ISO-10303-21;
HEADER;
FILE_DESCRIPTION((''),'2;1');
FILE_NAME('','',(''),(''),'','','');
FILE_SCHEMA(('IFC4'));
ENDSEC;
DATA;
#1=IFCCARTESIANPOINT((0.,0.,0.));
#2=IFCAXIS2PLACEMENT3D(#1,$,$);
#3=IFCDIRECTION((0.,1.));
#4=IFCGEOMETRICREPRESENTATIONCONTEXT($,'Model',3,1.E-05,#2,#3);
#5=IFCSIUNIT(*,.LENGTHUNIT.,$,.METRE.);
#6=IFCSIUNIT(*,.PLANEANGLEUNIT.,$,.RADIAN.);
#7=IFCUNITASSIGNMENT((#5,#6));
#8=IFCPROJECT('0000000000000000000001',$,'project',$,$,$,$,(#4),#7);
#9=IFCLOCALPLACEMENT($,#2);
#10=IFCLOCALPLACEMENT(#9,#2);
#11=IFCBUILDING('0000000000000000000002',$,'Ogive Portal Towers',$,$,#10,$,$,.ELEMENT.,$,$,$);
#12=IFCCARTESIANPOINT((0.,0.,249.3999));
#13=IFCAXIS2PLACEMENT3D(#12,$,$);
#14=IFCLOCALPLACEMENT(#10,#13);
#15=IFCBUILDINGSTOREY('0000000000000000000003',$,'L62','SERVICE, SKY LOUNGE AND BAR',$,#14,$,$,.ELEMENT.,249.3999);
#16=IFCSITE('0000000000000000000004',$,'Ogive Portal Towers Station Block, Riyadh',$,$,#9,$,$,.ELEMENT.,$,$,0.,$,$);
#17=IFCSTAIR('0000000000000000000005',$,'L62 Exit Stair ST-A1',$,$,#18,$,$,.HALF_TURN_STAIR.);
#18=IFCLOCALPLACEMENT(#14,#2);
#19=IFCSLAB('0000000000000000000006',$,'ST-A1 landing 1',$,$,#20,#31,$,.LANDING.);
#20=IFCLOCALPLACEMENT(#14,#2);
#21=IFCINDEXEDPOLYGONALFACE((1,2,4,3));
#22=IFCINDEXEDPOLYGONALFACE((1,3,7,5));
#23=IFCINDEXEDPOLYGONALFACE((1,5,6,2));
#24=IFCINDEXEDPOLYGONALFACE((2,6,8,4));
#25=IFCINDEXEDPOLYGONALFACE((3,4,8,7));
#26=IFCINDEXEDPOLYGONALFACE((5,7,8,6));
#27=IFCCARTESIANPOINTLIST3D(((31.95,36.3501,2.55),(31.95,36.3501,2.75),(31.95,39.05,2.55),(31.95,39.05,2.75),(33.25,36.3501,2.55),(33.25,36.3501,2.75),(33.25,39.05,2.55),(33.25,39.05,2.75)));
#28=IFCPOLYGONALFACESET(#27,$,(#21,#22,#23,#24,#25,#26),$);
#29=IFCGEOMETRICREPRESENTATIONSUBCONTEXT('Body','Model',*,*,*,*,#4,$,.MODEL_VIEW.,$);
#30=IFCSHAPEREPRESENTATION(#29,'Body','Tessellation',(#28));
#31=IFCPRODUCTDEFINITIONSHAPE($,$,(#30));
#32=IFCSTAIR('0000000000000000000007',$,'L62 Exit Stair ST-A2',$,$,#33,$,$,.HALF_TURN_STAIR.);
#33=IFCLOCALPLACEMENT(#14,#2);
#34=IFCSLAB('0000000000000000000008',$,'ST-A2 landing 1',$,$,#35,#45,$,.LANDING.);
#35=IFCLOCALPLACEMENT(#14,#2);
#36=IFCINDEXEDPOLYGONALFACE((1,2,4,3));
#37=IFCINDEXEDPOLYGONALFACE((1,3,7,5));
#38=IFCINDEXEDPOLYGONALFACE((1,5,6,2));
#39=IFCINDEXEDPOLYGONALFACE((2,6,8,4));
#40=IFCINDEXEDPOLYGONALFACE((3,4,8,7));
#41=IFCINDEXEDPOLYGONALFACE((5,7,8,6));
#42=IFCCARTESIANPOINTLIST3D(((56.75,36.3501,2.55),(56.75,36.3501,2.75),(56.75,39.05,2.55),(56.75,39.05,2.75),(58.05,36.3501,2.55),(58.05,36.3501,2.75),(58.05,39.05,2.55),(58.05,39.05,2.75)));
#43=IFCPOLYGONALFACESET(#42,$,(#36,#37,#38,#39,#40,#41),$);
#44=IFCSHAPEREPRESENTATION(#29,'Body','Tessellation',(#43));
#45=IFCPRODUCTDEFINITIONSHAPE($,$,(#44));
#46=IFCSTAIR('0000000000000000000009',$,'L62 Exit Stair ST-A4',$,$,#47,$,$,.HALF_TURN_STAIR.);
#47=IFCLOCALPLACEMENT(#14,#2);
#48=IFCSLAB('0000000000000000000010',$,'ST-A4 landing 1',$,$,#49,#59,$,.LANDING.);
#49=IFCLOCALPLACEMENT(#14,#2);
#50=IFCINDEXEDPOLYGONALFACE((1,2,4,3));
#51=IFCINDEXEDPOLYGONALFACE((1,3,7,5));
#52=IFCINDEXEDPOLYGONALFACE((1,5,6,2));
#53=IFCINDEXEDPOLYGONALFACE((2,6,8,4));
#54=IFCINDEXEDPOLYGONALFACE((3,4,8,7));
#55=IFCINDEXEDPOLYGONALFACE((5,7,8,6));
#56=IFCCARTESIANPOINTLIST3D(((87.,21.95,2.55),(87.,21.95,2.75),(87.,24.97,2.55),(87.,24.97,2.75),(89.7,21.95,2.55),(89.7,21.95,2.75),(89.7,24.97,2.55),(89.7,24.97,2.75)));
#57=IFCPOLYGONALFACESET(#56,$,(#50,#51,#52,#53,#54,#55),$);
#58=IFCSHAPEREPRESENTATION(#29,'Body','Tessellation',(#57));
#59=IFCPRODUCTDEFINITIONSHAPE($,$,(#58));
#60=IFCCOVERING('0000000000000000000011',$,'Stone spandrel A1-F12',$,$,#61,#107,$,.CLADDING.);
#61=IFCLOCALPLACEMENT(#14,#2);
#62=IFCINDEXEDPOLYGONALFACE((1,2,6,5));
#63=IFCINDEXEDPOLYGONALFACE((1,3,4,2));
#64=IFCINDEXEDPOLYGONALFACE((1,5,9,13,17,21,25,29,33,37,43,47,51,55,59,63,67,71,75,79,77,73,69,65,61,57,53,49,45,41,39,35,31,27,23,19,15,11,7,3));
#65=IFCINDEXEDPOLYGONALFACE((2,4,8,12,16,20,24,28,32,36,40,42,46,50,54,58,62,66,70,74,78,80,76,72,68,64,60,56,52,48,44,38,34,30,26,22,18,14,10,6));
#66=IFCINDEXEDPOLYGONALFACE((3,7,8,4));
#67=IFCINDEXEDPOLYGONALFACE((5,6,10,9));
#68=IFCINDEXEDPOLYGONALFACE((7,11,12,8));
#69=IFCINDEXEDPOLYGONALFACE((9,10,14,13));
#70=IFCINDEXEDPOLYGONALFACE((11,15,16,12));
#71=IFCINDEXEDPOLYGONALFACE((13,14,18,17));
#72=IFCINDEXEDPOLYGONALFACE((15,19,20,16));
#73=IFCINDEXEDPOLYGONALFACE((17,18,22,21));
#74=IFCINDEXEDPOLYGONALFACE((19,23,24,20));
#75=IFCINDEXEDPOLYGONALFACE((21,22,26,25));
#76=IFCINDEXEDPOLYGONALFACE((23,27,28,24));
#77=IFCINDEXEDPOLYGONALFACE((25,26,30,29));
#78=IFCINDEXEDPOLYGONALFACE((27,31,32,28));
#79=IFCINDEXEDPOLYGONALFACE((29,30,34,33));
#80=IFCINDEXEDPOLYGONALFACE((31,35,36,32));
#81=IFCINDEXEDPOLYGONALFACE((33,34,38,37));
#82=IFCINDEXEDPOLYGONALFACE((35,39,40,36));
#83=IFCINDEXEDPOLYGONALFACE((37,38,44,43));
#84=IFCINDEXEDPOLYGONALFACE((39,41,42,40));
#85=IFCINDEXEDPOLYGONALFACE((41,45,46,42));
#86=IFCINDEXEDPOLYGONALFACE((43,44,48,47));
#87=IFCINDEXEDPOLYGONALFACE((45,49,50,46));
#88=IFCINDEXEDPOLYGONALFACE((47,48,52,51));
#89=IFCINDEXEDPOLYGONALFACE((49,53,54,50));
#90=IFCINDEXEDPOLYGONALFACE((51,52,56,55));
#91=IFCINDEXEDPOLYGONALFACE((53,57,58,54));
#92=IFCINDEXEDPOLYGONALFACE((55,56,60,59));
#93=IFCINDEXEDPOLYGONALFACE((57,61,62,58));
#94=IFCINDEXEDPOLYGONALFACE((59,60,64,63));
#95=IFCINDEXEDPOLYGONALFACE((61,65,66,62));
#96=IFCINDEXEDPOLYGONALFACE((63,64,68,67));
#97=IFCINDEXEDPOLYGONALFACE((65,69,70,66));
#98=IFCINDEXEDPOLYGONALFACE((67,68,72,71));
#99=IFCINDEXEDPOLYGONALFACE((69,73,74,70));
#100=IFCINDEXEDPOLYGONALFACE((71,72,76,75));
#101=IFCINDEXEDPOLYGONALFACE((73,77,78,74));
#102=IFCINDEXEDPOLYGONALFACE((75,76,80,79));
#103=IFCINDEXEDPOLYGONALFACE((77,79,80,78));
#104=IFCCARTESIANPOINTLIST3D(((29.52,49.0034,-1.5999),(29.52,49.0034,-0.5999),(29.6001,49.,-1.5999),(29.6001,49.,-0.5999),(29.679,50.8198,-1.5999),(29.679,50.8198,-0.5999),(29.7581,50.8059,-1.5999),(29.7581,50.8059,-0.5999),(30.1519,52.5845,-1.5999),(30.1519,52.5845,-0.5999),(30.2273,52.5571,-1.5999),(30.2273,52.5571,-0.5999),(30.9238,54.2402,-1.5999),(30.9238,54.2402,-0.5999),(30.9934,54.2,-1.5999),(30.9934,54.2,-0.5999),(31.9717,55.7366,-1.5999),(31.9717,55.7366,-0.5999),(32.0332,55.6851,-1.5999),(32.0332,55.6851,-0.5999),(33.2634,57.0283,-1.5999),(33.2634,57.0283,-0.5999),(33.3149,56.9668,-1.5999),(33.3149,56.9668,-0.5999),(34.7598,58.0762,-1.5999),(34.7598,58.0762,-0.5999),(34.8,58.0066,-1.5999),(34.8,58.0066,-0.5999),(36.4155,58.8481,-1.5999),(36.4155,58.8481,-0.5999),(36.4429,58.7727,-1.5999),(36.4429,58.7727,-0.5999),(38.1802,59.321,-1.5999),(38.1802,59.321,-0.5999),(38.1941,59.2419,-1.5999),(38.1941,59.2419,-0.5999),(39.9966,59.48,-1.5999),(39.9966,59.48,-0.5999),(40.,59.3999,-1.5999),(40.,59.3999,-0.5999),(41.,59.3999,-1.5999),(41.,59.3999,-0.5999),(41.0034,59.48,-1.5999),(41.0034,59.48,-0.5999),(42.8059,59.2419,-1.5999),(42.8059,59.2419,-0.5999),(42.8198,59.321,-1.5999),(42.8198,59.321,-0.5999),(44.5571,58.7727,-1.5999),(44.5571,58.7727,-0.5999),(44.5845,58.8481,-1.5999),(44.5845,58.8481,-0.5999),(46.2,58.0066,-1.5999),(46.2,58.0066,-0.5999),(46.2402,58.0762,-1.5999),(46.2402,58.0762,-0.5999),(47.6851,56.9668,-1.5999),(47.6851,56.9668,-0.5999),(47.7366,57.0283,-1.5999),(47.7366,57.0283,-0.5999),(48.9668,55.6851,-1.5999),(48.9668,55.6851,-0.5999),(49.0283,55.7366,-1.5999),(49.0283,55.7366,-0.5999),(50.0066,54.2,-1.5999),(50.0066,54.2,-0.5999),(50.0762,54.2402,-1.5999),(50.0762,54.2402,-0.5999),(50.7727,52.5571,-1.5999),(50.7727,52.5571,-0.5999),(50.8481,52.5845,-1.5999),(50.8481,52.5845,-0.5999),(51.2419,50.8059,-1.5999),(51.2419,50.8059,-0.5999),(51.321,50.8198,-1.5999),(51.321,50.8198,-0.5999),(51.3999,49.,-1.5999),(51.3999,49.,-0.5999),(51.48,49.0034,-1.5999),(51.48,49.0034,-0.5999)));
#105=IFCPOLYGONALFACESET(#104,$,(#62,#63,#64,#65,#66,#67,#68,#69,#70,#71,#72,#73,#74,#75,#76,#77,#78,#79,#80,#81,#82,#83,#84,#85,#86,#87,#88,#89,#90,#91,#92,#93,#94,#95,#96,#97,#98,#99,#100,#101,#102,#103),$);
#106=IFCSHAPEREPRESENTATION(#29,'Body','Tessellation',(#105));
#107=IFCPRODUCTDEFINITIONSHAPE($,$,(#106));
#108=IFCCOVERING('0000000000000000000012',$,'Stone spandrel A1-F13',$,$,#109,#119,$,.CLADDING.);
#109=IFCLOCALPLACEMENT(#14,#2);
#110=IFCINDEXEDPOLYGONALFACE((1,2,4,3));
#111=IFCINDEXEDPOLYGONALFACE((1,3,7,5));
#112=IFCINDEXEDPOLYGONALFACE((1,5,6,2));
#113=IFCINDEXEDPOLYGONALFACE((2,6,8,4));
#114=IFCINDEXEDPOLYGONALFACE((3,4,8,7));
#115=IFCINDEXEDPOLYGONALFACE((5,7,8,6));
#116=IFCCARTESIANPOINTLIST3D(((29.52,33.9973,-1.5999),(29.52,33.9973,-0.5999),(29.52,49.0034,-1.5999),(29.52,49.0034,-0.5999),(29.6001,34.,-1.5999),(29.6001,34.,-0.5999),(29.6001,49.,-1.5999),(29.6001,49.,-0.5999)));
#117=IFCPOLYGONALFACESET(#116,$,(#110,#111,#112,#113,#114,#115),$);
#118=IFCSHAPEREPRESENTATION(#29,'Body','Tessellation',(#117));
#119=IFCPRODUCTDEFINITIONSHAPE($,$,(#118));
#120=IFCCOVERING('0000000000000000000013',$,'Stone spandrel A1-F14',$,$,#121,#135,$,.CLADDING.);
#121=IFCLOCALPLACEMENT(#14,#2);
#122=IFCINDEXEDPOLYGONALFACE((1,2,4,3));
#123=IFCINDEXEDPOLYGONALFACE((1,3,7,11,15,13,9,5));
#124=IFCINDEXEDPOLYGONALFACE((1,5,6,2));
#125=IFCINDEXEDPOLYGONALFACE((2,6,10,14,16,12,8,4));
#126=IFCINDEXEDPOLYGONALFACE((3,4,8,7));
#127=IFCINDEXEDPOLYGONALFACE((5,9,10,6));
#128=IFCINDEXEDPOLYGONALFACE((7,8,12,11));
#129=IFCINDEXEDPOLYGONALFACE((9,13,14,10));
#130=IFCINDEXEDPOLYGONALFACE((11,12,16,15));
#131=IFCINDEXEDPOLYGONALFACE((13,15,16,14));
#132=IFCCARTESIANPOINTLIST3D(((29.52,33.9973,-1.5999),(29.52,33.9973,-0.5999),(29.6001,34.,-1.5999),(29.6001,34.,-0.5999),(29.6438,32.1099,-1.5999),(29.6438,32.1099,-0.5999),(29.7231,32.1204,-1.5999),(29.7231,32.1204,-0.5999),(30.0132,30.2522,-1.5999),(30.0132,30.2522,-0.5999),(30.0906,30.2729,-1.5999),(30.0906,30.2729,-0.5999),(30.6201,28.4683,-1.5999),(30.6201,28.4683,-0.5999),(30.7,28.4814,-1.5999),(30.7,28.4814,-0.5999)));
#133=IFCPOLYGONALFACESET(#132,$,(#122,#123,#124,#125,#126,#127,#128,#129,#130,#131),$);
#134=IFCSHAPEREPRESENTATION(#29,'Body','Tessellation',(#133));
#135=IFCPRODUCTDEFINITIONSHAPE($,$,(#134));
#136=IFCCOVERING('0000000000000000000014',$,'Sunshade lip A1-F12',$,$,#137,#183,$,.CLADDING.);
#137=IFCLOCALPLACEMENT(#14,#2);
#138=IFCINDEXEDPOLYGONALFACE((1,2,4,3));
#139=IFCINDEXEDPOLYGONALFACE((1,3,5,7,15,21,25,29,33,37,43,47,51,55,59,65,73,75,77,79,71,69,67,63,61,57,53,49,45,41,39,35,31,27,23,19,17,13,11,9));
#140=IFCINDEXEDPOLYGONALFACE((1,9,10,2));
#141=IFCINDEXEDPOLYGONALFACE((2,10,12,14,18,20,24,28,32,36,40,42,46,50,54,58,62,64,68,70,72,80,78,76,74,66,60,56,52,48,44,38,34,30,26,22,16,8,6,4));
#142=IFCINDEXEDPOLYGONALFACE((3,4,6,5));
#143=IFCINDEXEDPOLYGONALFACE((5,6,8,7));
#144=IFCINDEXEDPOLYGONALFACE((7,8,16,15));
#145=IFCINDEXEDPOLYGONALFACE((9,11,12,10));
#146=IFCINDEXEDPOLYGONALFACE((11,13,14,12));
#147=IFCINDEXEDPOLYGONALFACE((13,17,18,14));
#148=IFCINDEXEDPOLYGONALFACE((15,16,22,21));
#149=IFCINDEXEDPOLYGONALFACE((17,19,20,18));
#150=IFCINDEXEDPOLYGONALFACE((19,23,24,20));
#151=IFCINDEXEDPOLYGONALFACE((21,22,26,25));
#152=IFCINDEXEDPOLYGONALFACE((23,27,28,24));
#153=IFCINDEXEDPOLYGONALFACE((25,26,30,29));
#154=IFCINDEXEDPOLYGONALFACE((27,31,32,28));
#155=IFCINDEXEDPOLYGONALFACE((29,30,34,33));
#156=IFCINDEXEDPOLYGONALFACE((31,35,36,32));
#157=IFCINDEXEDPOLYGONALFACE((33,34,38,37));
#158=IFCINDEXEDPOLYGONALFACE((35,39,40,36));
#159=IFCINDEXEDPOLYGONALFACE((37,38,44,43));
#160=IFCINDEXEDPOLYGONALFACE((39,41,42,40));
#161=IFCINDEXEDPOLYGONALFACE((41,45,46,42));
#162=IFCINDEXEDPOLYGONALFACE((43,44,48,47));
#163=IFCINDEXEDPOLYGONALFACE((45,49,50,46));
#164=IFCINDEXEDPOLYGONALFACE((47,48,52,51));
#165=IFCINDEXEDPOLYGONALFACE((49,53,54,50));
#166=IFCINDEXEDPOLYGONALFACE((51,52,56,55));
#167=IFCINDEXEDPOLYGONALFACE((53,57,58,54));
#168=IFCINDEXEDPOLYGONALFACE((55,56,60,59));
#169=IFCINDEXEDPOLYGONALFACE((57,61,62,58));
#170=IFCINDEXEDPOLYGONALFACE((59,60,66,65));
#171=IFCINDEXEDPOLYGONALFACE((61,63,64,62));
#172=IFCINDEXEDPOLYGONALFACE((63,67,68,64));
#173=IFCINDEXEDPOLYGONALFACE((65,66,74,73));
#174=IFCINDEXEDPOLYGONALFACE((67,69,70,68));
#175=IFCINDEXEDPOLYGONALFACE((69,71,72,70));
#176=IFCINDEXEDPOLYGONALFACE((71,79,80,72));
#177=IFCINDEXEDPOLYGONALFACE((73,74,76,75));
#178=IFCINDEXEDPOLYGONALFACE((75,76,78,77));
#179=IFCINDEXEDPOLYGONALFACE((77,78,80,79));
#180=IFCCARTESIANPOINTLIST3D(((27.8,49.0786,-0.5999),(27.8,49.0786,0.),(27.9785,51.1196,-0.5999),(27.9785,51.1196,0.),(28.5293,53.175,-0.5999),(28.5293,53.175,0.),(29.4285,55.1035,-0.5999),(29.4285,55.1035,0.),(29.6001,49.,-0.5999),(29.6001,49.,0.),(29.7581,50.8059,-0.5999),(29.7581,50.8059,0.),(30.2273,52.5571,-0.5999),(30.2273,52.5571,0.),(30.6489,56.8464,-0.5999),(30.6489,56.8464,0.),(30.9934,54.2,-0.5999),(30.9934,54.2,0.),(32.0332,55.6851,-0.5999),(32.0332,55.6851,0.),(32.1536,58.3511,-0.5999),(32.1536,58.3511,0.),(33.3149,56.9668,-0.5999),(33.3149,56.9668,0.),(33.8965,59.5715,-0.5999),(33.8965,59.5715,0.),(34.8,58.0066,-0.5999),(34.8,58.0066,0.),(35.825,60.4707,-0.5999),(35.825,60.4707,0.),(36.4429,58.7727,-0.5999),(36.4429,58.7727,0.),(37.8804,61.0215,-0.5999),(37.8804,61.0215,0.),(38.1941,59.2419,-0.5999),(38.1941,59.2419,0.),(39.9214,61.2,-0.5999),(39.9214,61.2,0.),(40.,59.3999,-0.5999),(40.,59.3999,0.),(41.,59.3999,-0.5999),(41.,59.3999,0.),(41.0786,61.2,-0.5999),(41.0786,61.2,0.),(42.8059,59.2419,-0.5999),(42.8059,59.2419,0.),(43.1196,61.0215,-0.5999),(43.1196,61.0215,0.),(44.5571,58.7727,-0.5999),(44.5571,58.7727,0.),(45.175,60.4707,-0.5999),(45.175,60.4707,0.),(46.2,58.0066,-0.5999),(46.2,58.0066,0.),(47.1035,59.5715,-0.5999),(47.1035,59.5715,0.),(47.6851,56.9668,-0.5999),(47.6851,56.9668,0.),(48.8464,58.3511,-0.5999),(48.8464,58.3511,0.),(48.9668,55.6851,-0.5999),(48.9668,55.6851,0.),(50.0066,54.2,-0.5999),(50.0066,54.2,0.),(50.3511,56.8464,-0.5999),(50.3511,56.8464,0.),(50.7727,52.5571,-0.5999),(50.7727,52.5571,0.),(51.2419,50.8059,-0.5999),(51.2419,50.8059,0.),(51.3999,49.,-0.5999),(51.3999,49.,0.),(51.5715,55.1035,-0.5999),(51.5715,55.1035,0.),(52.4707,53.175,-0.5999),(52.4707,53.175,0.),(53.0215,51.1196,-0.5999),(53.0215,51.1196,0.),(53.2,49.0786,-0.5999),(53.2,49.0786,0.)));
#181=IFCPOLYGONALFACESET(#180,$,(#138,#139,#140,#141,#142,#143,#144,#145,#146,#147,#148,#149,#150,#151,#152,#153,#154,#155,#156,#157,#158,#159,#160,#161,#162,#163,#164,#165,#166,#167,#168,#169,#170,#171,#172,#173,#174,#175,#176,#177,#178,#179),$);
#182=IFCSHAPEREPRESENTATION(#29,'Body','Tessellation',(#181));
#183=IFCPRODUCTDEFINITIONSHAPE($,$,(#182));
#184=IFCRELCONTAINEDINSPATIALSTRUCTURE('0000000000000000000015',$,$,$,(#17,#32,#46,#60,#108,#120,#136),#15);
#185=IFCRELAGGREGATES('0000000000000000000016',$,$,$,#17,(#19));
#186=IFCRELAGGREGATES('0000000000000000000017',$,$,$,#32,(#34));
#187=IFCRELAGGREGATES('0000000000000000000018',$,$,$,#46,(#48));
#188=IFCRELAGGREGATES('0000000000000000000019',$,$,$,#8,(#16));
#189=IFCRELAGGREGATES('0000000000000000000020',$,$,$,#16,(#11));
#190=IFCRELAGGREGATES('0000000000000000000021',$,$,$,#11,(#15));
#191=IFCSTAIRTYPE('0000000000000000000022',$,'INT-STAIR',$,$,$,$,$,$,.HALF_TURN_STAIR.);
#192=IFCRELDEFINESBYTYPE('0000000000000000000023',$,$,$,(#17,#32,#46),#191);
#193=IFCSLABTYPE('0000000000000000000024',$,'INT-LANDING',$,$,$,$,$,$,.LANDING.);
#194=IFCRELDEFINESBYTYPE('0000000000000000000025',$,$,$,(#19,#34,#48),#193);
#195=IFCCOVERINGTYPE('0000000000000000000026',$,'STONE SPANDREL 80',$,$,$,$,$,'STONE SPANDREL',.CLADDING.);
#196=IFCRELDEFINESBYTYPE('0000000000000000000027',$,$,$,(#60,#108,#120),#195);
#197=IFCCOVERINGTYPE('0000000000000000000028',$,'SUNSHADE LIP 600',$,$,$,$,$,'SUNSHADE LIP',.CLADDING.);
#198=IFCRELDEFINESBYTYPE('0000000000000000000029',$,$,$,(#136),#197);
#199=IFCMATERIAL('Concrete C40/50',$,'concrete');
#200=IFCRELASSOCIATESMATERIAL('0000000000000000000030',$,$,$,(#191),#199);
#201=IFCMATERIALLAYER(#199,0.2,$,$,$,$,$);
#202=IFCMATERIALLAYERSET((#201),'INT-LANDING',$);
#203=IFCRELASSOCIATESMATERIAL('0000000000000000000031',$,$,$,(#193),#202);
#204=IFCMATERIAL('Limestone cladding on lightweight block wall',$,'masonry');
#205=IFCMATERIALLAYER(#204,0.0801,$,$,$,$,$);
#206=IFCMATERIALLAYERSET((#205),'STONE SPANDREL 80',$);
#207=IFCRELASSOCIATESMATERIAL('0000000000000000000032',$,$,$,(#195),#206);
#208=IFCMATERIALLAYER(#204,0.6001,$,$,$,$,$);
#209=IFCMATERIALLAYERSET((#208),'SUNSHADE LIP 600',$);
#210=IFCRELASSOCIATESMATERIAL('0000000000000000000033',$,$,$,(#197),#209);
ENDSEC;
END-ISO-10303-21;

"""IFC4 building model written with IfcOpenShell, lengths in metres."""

from ifc_helpers import new_model, si_unit, direction, frame, origin, place, context, subcontext, project, spatial, polyline, outline, extrude, material, layer, layer_set, type_object, element, aggregate, save


model = new_model("IFC4")

# Units and contexts
model_context = context("Model", 3, precision=1e-05, world=origin(), true_north=direction((0.0, 1.0)))
body_context = subcontext(model_context, "Body", "Model", "MODEL_VIEW")
ifc_project = project(units=[si_unit("LENGTHUNIT", "METRE"), si_unit("PLANEANGLEUNIT", "RADIAN")], contexts=[model_context])

# Site, building, storey
site_placement = place(None, origin())
site = spatial("IfcSite", under=ifc_project, at=site_placement, Name="Ogive Portal Towers Station Block, Riyadh", CompositionType="ELEMENT", RefElevation=0.0)
building_placement = place(site_placement, origin())
building = spatial("IfcBuilding", under=site, at=building_placement, Name="Ogive Portal Towers", CompositionType="ELEMENT")
storey_placement = place(building_placement, frame((0.0, 0.0, 249.3999)))
storey = spatial("IfcBuildingStorey", under=building, at=storey_placement, Name="L62", Description="SERVICE, SKY LOUNGE AND BAR", CompositionType="ELEMENT", Elevation=249.3999)

# Stairs, slabs
ifc_material_1 = material(Name="Concrete C40/50", Category="concrete")
stair_type = type_object("IfcStairType", Name="INT-STAIR", PredefinedType="HALF_TURN_STAIR", material=ifc_material_1)
stair_1_placement = place(storey_placement, origin())
stair_1 = element("IfcStair", 1, at=stair_1_placement, inside=storey, type_object=stair_type, Name="L62 Exit Stair ST-A1", PredefinedType="HALF_TURN_STAIR")
ifc_layer_1 = layer(ifc_material_1, 0.2)
ifc_layer_set_1 = layer_set([ifc_layer_1], Name="INT-LANDING")
slab_type = type_object("IfcSlabType", Name="INT-LANDING", PredefinedType="LANDING", material=ifc_layer_set_1)
slab_1_placement = place(storey_placement, frame((0.0, 0.0, 2.55)))
slab_1 = element("IfcSlab", 2, at=slab_1_placement, type_object=slab_type, Name="ST-A1 landing 1", PredefinedType="LANDING", context=body_context, shape_type="SweptSolid", body=[
    extrude(outline(polyline([(33.25, 39.05), (31.95, 39.05), (31.95, 36.3501), (33.25, 36.3501), (33.25, 39.05)])), origin(), (0.0, 0.0, 1.0), 0.2),
])
aggregate(stair_1, [slab_1])
stair_2_placement = place(storey_placement, origin())
stair_2 = element("IfcStair", 3, at=stair_2_placement, inside=storey, type_object=stair_type, Name="L62 Exit Stair ST-A2", PredefinedType="HALF_TURN_STAIR")
slab_2_placement = place(storey_placement, frame((0.0, 0.0, 2.55)))
slab_2 = element("IfcSlab", 4, at=slab_2_placement, type_object=slab_type, Name="ST-A2 landing 1", PredefinedType="LANDING", context=body_context, shape_type="SweptSolid", body=[
    extrude(outline(polyline([(56.75, 36.3501), (58.05, 36.3501), (58.05, 39.05), (56.75, 39.05), (56.75, 36.3501)])), origin(), (0.0, 0.0, 1.0), 0.2),
])
aggregate(stair_2, [slab_2])
stair_3_placement = place(storey_placement, origin())
stair_3 = element("IfcStair", 5, at=stair_3_placement, inside=storey, type_object=stair_type, Name="L62 Exit Stair ST-A4", PredefinedType="HALF_TURN_STAIR")
slab_3_placement = place(storey_placement, frame((0.0, 0.0, 2.55)))
slab_3 = element("IfcSlab", 6, at=slab_3_placement, type_object=slab_type, Name="ST-A4 landing 1", PredefinedType="LANDING", context=body_context, shape_type="SweptSolid", body=[
    extrude(outline(polyline([(87.0, 24.97), (87.0, 21.95), (89.7, 21.95), (89.7, 24.97), (87.0, 24.97)])), origin(), (0.0, 0.0, 1.0), 0.2),
])
aggregate(stair_3, [slab_3])

# Coverings
ifc_material_2 = material(Name="Limestone cladding on lightweight block wall", Category="masonry")
ifc_layer_2 = layer(ifc_material_2, 0.0801)
ifc_layer_set_2 = layer_set([ifc_layer_2], Name="STONE SPANDREL 80")
covering_type_1 = type_object("IfcCoveringType", Name="STONE SPANDREL 80", ElementType="STONE SPANDREL", PredefinedType="CLADDING", material=ifc_layer_set_2)
covering_1_placement = place(storey_placement, frame((0.0, 0.0, -1.5999)))
element("IfcCovering", 7, at=covering_1_placement, inside=storey, type_object=covering_type_1, Name="Stone spandrel A1-F12", PredefinedType="CLADDING", context=body_context, shape_type="SweptSolid", body=[
    extrude(outline(polyline([(51.3999, 49.0), (51.2419, 50.8059), (50.7727, 52.5571), (50.0066, 54.2), (48.9668, 55.6851), (47.6851, 56.9668), (46.2, 58.0066), (44.5571, 58.7727), (42.8059, 59.2419), (41.0, 59.3999), (40.0, 59.3999), (38.1941, 59.2419), (36.4429, 58.7727), (34.8, 58.0066), (33.3149, 56.9668), (32.0332, 55.6851), (30.9934, 54.2), (30.2273, 52.5571), (29.7581, 50.8059), (29.6001, 49.0), (29.52, 49.0034), (29.679, 50.8198), (30.1519, 52.5845), (30.9238, 54.2402), (31.9717, 55.7366), (33.2634, 57.0283), (34.7598, 58.0762), (36.4155, 58.8481), (38.1802, 59.321), (39.9966, 59.48), (41.0034, 59.48), (42.8198, 59.321), (44.5845, 58.8481), (46.2402, 58.0762), (47.7366, 57.0283), (49.0283, 55.7366), (50.0762, 54.2402), (50.8481, 52.5845), (51.321, 50.8198), (51.48, 49.0034), (51.3999, 49.0)])), origin(), (0.0, 0.0, 1.0), 1.0),
])
covering_2_placement = place(storey_placement, frame((0.0, 0.0, -1.5999)))
element("IfcCovering", 8, at=covering_2_placement, inside=storey, type_object=covering_type_1, Name="Stone spandrel A1-F13", PredefinedType="CLADDING", context=body_context, shape_type="SweptSolid", body=[
    extrude(outline(polyline([(29.6001, 49.0), (29.6001, 34.0), (29.52, 33.9973), (29.52, 49.0034), (29.6001, 49.0)])), origin(), (0.0, 0.0, 1.0), 1.0),
])
covering_3_placement = place(storey_placement, frame((0.0, 0.0, -1.5999)))
element("IfcCovering", 9, at=covering_3_placement, inside=storey, type_object=covering_type_1, Name="Stone spandrel A1-F14", PredefinedType="CLADDING", context=body_context, shape_type="SweptSolid", body=[
    extrude(outline(polyline([(29.6001, 34.0), (29.7231, 32.1204), (30.0906, 30.2729), (30.7, 28.4814), (30.6201, 28.4683), (30.0132, 30.2522), (29.6438, 32.1099), (29.52, 33.9973), (29.6001, 34.0)])), origin(), (0.0, 0.0, 1.0), 1.0),
])
ifc_layer_3 = layer(ifc_material_2, 0.6001)
ifc_layer_set_3 = layer_set([ifc_layer_3], Name="SUNSHADE LIP 600")
covering_type_2 = type_object("IfcCoveringType", Name="SUNSHADE LIP 600", ElementType="SUNSHADE LIP", PredefinedType="CLADDING", material=ifc_layer_set_3)
covering_4_placement = place(storey_placement, frame((0.0, 0.0, -0.5999)))
element("IfcCovering", 10, at=covering_4_placement, inside=storey, type_object=covering_type_2, Name="Sunshade lip A1-F12", PredefinedType="CLADDING", context=body_context, shape_type="SweptSolid", body=[
    extrude(outline(polyline([(51.3999, 49.0), (51.2419, 50.8059), (50.7727, 52.5571), (50.0066, 54.2), (48.9668, 55.6851), (47.6851, 56.9668), (46.2, 58.0066), (44.5571, 58.7727), (42.8059, 59.2419), (41.0, 59.3999), (40.0, 59.3999), (38.1941, 59.2419), (36.4429, 58.7727), (34.8, 58.0066), (33.3149, 56.9668), (32.0332, 55.6851), (30.9934, 54.2), (30.2273, 52.5571), (29.7581, 50.8059), (29.6001, 49.0), (27.8, 49.0786), (27.9785, 51.1196), (28.5293, 53.175), (29.4285, 55.1035), (30.6489, 56.8464), (32.1536, 58.3511), (33.8965, 59.5715), (35.825, 60.4707), (37.8804, 61.0215), (39.9214, 61.2), (41.0786, 61.2), (43.1196, 61.0215), (45.175, 60.4707), (47.1035, 59.5715), (48.8464, 58.3511), (50.3511, 56.8464), (51.5715, 55.1035), (52.4707, 53.175), (53.0215, 51.1196), (53.2, 49.0786), (51.3999, 49.0)])), origin(), (0.0, 0.0, 1.0), 0.5999),
])

save(model, "model.ifc")
